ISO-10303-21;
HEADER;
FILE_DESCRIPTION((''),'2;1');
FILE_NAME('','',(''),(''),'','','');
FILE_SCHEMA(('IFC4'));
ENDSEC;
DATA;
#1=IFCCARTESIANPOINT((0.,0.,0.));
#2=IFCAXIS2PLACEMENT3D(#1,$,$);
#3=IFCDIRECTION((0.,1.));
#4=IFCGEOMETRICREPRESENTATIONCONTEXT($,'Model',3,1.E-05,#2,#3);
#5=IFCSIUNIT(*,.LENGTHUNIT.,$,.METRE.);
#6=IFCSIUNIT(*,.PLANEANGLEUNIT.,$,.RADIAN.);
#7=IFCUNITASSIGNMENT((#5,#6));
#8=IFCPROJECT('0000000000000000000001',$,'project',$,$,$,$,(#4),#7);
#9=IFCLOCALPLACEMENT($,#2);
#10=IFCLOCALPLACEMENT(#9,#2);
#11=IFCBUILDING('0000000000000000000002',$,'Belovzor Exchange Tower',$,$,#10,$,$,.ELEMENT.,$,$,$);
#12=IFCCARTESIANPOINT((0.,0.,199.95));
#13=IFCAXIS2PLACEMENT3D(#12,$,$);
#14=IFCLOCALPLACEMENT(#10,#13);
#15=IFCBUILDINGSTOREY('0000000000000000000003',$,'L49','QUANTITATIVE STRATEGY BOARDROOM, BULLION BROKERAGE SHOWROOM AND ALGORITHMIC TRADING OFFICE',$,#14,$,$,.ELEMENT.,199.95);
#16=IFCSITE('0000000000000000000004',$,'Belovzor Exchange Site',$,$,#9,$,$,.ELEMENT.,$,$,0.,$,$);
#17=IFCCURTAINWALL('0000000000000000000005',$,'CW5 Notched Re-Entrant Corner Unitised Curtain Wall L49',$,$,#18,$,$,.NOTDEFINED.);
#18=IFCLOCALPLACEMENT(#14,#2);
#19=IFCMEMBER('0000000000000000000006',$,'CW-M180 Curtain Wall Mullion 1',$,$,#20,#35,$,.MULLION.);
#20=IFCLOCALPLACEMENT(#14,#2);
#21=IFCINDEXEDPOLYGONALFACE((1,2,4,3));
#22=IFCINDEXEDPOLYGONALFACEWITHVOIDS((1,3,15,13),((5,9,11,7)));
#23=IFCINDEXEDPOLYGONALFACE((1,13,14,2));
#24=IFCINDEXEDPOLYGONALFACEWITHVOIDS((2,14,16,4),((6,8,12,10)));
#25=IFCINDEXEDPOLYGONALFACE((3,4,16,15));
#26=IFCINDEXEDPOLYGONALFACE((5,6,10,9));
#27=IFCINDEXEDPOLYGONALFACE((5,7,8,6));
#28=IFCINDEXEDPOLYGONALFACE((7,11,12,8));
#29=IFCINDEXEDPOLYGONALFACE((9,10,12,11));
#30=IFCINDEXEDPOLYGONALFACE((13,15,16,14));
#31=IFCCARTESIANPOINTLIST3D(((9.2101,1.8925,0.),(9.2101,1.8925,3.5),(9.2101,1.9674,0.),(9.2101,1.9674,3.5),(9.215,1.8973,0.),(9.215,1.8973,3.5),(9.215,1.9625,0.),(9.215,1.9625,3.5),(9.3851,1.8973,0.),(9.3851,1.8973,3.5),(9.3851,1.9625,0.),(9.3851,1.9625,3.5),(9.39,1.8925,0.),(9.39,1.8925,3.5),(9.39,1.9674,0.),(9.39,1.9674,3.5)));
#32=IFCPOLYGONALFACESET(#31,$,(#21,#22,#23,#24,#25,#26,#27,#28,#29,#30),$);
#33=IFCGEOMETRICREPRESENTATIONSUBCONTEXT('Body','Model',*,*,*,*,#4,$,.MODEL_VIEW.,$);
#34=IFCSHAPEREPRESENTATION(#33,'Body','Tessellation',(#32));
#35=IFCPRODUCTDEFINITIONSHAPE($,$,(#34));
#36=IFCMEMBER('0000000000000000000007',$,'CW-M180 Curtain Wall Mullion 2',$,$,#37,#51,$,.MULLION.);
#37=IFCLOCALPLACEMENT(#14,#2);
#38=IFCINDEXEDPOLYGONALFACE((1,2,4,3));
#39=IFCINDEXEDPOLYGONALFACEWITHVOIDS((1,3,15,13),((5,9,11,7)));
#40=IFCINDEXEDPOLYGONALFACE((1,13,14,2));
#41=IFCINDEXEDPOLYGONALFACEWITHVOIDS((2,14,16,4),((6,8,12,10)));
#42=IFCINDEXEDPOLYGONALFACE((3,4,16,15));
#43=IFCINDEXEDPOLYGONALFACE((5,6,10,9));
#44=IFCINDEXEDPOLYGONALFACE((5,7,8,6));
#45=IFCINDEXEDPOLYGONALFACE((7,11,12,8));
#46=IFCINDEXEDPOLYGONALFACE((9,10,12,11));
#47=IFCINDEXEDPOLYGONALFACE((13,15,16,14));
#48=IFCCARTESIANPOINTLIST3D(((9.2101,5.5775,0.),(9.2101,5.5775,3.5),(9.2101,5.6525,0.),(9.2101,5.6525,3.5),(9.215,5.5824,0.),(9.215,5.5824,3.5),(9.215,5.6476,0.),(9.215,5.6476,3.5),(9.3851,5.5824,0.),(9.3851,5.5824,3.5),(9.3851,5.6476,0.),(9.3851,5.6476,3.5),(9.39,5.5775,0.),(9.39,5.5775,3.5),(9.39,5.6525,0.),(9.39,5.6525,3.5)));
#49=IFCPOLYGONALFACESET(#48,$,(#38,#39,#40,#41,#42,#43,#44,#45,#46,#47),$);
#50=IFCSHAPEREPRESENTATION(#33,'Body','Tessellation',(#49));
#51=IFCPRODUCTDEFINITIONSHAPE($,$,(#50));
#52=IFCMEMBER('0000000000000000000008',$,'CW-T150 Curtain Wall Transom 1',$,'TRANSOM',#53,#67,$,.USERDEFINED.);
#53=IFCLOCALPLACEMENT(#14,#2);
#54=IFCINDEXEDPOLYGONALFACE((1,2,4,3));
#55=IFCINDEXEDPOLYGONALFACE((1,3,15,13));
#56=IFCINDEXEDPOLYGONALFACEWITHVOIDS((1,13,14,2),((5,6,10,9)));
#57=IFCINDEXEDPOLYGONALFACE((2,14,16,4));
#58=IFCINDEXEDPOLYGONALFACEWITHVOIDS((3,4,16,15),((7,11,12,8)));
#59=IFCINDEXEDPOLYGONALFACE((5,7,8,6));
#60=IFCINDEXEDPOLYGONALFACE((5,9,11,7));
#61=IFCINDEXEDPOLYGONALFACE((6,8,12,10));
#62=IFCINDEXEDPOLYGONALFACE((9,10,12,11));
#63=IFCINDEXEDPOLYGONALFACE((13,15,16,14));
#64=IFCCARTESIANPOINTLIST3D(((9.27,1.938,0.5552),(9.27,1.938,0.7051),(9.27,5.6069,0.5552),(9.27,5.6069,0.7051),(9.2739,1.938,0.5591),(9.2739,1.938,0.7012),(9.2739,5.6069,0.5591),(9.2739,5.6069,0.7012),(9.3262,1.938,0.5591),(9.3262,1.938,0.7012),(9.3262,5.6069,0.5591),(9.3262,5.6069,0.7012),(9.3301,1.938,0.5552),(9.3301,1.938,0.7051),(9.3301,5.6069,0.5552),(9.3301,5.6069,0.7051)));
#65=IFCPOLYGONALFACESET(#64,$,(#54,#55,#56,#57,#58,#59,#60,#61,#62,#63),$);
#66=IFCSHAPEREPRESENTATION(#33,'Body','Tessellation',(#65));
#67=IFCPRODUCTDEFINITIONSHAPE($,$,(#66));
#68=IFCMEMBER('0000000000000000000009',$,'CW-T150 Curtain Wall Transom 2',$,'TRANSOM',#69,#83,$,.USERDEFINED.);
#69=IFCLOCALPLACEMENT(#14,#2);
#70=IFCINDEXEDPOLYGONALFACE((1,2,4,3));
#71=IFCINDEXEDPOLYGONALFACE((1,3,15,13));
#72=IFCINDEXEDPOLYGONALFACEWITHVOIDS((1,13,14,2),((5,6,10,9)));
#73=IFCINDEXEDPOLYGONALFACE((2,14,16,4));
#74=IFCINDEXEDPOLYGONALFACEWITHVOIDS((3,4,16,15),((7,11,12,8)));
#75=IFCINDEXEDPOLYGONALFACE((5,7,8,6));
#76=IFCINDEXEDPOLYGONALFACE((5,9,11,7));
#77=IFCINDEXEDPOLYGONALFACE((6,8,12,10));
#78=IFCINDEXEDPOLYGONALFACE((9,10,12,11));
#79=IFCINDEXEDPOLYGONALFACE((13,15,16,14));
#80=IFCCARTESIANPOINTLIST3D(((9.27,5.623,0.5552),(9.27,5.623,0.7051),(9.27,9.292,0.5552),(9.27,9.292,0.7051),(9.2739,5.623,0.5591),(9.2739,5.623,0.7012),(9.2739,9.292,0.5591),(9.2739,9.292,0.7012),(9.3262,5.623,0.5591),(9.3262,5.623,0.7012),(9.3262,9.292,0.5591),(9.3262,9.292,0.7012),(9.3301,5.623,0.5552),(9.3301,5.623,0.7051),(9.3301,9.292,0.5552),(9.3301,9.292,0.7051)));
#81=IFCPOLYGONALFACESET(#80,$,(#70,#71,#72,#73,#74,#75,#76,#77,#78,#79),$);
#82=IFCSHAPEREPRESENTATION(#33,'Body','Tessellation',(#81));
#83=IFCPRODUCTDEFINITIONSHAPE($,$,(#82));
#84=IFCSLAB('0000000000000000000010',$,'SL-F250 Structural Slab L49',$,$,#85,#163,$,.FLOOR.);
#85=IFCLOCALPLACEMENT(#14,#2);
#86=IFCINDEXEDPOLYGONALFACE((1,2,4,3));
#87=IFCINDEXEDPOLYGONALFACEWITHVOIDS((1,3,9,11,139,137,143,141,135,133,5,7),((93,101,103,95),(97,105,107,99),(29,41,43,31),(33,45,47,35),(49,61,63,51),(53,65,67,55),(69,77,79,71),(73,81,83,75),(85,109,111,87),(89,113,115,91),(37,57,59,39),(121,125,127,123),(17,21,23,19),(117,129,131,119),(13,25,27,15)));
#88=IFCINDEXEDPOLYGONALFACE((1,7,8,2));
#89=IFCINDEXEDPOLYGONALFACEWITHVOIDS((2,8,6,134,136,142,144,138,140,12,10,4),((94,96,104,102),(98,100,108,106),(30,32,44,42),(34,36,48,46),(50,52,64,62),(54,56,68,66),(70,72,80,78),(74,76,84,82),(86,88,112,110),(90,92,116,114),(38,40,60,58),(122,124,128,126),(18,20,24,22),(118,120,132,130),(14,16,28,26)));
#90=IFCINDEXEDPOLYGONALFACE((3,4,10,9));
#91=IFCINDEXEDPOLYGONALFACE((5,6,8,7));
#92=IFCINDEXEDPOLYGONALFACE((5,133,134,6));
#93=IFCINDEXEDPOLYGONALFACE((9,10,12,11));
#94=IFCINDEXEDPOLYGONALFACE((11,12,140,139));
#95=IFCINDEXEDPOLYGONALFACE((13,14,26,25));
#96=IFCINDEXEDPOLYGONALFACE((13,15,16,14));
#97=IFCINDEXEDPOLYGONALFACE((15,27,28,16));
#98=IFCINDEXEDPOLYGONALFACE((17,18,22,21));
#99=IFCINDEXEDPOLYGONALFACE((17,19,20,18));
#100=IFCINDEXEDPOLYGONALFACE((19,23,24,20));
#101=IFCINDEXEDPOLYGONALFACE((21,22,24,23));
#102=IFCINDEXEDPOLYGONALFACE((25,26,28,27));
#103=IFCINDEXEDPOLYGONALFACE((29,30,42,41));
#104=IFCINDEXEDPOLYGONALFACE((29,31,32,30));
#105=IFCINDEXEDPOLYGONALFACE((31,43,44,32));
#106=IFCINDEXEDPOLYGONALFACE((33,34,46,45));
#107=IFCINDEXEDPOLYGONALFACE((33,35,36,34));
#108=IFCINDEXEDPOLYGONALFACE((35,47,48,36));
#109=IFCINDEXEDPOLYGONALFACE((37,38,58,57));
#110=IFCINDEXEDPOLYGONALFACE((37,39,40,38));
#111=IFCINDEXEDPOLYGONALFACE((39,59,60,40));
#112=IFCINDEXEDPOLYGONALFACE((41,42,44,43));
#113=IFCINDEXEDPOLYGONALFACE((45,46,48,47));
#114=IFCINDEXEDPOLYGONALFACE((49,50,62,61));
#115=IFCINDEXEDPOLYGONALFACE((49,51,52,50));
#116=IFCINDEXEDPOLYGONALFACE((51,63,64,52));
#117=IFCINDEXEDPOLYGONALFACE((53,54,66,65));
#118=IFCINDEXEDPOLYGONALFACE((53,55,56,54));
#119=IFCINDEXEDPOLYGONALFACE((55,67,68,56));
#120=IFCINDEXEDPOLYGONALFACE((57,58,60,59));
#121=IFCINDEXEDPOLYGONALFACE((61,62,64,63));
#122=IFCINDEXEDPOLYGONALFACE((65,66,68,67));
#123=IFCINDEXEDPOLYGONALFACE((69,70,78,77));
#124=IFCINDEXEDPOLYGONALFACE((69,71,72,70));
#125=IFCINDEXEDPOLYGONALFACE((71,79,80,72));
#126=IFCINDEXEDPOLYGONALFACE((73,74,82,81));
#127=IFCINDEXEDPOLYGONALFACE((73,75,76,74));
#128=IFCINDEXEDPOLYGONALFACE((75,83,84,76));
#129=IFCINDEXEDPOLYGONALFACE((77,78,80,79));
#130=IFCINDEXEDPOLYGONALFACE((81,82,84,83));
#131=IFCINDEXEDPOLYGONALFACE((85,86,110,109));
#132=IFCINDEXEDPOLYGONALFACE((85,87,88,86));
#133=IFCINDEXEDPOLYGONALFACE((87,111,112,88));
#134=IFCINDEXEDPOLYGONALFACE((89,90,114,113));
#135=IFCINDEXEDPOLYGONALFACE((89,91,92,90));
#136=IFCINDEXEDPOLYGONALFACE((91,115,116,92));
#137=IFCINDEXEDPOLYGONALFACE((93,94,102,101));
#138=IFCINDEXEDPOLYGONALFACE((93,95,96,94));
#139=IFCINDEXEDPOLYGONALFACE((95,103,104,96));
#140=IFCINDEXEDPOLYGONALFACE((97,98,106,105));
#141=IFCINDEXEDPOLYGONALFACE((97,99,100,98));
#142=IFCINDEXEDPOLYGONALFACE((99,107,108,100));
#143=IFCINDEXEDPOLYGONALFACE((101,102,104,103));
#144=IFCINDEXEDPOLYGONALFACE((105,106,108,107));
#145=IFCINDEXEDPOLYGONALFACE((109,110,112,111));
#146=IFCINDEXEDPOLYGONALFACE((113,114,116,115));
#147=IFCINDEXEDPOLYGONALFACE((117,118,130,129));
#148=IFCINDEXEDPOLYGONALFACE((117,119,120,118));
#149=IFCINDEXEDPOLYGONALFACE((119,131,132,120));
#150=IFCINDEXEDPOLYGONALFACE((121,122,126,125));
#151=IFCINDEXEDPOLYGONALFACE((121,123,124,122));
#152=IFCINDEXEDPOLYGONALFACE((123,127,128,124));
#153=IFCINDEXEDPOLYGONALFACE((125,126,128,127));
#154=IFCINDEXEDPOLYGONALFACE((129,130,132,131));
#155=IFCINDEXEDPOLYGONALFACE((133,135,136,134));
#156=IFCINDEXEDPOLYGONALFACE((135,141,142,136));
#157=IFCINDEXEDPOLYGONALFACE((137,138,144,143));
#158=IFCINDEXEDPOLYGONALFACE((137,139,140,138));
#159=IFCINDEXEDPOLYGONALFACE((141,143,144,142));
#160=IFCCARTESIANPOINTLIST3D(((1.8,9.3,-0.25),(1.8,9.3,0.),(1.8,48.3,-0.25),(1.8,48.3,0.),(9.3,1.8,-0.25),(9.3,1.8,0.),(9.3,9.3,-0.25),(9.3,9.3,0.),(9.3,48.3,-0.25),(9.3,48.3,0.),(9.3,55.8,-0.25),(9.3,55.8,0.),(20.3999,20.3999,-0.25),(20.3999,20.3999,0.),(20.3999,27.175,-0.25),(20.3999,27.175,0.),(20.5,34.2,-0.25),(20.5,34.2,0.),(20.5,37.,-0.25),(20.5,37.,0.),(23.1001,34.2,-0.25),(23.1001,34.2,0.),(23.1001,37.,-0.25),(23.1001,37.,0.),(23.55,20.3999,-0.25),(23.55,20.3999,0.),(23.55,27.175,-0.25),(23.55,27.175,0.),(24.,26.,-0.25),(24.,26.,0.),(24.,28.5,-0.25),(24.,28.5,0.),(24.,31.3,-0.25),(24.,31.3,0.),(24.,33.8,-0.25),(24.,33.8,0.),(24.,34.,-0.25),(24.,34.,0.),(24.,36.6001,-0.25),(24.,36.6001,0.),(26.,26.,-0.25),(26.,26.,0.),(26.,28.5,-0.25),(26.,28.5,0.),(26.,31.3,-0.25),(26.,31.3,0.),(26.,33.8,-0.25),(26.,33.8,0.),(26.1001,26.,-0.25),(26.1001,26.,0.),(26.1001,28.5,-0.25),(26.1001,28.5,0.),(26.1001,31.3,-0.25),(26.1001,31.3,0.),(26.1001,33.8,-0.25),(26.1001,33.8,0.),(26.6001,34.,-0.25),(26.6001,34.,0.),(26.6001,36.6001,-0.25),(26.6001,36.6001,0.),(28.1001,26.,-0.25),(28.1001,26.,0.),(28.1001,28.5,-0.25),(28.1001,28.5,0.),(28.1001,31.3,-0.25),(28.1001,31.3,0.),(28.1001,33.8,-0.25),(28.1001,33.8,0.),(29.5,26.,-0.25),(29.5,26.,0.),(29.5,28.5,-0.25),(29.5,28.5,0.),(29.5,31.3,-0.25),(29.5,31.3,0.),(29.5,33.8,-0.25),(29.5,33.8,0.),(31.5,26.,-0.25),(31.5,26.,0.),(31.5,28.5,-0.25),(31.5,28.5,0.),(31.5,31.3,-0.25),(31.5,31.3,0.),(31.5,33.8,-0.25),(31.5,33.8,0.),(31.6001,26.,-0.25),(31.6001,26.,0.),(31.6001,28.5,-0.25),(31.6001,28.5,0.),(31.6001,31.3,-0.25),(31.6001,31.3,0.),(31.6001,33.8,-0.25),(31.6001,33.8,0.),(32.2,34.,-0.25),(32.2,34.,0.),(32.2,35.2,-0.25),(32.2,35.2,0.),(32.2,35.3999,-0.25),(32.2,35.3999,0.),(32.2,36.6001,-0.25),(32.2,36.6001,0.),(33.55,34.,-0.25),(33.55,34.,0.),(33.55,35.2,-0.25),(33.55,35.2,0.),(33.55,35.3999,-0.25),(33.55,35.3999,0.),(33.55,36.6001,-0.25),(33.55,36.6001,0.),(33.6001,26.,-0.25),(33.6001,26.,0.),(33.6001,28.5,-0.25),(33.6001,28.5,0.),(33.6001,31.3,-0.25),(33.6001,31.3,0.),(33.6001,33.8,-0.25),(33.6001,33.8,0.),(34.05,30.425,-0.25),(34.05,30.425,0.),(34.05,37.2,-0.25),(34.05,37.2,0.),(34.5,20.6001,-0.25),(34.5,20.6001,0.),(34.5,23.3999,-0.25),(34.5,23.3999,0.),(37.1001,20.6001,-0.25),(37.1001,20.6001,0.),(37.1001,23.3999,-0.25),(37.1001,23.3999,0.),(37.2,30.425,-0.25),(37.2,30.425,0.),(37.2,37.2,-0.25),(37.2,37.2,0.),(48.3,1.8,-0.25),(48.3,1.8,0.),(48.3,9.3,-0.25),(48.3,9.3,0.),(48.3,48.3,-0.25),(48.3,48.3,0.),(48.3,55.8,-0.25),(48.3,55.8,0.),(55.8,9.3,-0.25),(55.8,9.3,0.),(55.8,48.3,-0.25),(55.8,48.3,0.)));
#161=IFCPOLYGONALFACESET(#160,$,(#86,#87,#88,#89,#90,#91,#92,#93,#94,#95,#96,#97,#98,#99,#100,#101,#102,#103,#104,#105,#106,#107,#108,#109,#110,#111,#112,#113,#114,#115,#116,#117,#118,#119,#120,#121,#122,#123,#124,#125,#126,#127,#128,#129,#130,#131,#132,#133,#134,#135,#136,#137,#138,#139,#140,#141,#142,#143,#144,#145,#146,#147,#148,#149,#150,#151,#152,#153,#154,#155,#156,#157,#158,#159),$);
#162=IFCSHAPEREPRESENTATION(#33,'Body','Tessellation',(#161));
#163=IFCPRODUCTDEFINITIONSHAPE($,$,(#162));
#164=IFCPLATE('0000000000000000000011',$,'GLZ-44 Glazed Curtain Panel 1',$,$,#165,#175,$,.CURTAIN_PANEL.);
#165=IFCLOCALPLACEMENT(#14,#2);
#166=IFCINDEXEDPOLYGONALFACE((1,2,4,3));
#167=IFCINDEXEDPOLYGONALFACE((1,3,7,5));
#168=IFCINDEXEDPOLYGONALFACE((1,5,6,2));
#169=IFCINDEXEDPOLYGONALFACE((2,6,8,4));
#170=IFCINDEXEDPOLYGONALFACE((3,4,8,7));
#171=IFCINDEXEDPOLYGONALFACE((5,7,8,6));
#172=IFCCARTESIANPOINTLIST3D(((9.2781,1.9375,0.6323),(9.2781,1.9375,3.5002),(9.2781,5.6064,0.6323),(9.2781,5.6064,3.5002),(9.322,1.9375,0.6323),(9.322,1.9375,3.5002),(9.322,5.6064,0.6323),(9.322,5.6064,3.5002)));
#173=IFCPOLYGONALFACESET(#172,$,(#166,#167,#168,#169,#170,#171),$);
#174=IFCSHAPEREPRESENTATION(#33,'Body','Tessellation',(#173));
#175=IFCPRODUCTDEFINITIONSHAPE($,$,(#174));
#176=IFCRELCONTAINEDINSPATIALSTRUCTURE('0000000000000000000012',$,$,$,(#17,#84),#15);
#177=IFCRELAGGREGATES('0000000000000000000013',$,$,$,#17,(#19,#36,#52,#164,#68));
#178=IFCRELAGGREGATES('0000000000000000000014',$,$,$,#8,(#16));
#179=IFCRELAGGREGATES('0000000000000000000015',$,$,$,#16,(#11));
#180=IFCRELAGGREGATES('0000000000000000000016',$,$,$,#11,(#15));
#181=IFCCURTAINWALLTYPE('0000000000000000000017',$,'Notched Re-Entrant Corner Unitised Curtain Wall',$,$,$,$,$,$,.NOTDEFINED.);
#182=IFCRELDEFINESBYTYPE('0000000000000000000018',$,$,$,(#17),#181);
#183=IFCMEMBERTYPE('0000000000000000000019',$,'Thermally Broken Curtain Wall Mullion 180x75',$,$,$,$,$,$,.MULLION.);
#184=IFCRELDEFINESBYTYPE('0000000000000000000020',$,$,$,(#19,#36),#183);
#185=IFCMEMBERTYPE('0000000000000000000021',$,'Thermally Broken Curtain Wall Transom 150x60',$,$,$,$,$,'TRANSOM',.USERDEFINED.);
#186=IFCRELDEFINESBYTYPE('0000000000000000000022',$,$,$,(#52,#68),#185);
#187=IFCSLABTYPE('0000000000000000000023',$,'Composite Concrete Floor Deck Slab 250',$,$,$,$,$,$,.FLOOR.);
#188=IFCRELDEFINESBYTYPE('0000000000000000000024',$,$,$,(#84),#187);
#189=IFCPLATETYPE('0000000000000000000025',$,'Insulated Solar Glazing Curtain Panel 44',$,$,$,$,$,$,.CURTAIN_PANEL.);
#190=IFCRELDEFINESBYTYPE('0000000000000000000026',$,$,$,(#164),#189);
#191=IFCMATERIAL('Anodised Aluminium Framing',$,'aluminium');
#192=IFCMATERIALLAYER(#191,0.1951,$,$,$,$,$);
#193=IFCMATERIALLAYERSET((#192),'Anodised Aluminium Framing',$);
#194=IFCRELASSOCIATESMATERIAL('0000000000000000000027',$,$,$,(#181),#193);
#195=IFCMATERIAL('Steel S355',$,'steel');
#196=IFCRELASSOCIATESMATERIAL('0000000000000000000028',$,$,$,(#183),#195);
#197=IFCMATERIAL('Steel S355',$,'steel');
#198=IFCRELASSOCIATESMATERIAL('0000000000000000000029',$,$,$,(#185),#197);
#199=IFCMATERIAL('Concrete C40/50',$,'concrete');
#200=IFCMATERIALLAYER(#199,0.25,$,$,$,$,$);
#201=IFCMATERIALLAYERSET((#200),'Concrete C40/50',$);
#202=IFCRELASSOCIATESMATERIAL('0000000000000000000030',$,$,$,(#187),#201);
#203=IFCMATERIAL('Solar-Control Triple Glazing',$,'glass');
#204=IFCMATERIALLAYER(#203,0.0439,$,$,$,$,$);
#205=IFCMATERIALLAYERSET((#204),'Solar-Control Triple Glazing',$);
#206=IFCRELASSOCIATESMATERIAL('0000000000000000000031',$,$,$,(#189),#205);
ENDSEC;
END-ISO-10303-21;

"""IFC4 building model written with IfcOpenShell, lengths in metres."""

from ifc_helpers import new_model, si_unit, direction, frame, origin, origin_2d, place, context, subcontext, project, spatial, polyline, rectangle, hollow_rectangle, outline, extrude, material, layer, layer_set, material_profile, profile_set, type_object, element, aggregate, save


model = new_model("IFC4")

# Units and contexts
model_context = context("Model", 3, precision=1e-05, world=origin(), true_north=direction((0.0, 1.0)))
body_context = subcontext(model_context, "Body", "Model", "MODEL_VIEW")
ifc_project = project(units=[si_unit("LENGTHUNIT", "METRE"), si_unit("PLANEANGLEUNIT", "RADIAN")], contexts=[model_context])

# Site, building, storey
site_placement = place(None, origin())
site = spatial("IfcSite", under=ifc_project, at=site_placement, Name="Belovzor Exchange Site", CompositionType="ELEMENT", RefElevation=0.0)
building_placement = place(site_placement, origin())
building = spatial("IfcBuilding", under=site, at=building_placement, Name="Belovzor Exchange Tower", CompositionType="ELEMENT")
storey_placement = place(building_placement, frame((0.0, 0.0, 199.95)))
storey = spatial("IfcBuildingStorey", under=building, at=storey_placement, Name="L49", Description="QUANTITATIVE STRATEGY BOARDROOM, BULLION BROKERAGE SHOWROOM AND ALGORITHMIC TRADING OFFICE", CompositionType="ELEMENT", Elevation=199.95)

# Curtain wall, members
ifc_material_1 = material(Name="Anodised Aluminium Framing", Category="aluminium")
ifc_layer_1 = layer(ifc_material_1, 0.1951)
ifc_layer_set_1 = layer_set([ifc_layer_1], Name="Anodised Aluminium Framing")
curtain_wall_type = type_object("IfcCurtainWallType", Name="Notched Re-Entrant Corner Unitised Curtain Wall", PredefinedType="NOTDEFINED", material=ifc_layer_set_1)
curtain_wall_placement = place(storey_placement, origin())
curtain_wall = element("IfcCurtainWall", 1, at=curtain_wall_placement, inside=storey, type_object=curtain_wall_type, Name="CW5 Notched Re-Entrant Corner Unitised Curtain Wall L49", PredefinedType="NOTDEFINED")
ifc_material_2 = material(Name="Steel S355", Category="steel")
ifc_material_profile_1 = material_profile(ifc_material_2, hollow_rectangle(XDim=0.075, YDim=0.1799, WallThickness=0.0049, at=origin_2d()))
ifc_profile_set_1 = profile_set([ifc_material_profile_1], Name="Steel S355")
member_type_1 = type_object("IfcMemberType", Name="Thermally Broken Curtain Wall Mullion 180x75", PredefinedType="MULLION", material=ifc_profile_set_1)
member_1_placement = place(storey_placement, frame((9.3, 1.9299, 0.0), z_axis=(0.0, 0.0, 1.0), x_axis=(0.0, 1.0, 0.0)))
member_1 = element("IfcMember", 2, at=member_1_placement, type_object=member_type_1, Name="CW-M180 Curtain Wall Mullion 1", PredefinedType="MULLION", context=body_context, shape_type="SweptSolid", body=[
    extrude(hollow_rectangle(XDim=0.075, YDim=0.1799, WallThickness=0.0049, at=origin_2d()), origin(), (0.0, 0.0, 1.0), 3.5),
])
member_2_placement = place(storey_placement, frame((9.3, 5.615, 0.0), z_axis=(0.0, 0.0, 1.0), x_axis=(0.0, 1.0, 0.0)))
member_2 = element("IfcMember", 3, at=member_2_placement, type_object=member_type_1, Name="CW-M180 Curtain Wall Mullion 2", PredefinedType="MULLION", context=body_context, shape_type="SweptSolid", body=[
    extrude(hollow_rectangle(XDim=0.075, YDim=0.1799, WallThickness=0.0049, at=origin_2d()), origin(), (0.0, 0.0, 1.0), 3.5),
])
ifc_material_3 = material(Name="Steel S355", Category="steel")
ifc_material_profile_2 = material_profile(ifc_material_3, hollow_rectangle(XDim=0.0601, YDim=0.1499, WallThickness=0.0039, at=origin_2d()))
ifc_profile_set_2 = profile_set([ifc_material_profile_2], Name="Steel S355")
member_type_2 = type_object("IfcMemberType", Name="Thermally Broken Curtain Wall Transom 150x60", ElementType="TRANSOM", PredefinedType="USERDEFINED", material=ifc_profile_set_2)
member_3_placement = place(storey_placement, frame((9.3, 1.938, 0.6301), z_axis=(0.0, 1.0, 0.0), x_axis=(-1.0, 0.0, 0.0)))
member_3 = element("IfcMember", 4, at=member_3_placement, type_object=member_type_2, Name="CW-T150 Curtain Wall Transom 1", ObjectType="TRANSOM", PredefinedType="USERDEFINED", context=body_context, shape_type="SweptSolid", body=[
    extrude(hollow_rectangle(XDim=0.0601, YDim=0.1499, WallThickness=0.0039, at=origin_2d()), origin(), (0.0, 0.0, 1.0), 3.6689),
])
member_4_placement = place(storey_placement, frame((9.3, 5.623, 0.6301), z_axis=(0.0, 1.0, 0.0), x_axis=(-1.0, 0.0, 0.0)))
member_4 = element("IfcMember", 5, at=member_4_placement, type_object=member_type_2, Name="CW-T150 Curtain Wall Transom 2", ObjectType="TRANSOM", PredefinedType="USERDEFINED", context=body_context, shape_type="SweptSolid", body=[
    extrude(hollow_rectangle(XDim=0.0601, YDim=0.1499, WallThickness=0.0039, at=origin_2d()), origin(), (0.0, 0.0, 1.0), 3.6689),
])

# Slab
ifc_material_4 = material(Name="Concrete C40/50", Category="concrete")
ifc_layer_2 = layer(ifc_material_4, 0.25)
ifc_layer_set_2 = layer_set([ifc_layer_2], Name="Concrete C40/50")
slab_type_1 = type_object("IfcSlabType", Name="Composite Concrete Floor Deck Slab 250", PredefinedType="FLOOR", material=ifc_layer_set_2)
slab_1_placement = place(storey_placement, frame((0.0, 0.0, -0.25)))
element("IfcSlab", 6, at=slab_1_placement, inside=storey, type_object=slab_type_1, Name="SL-F250 Structural Slab L49", PredefinedType="FLOOR", context=body_context, shape_type="SweptSolid", body=[
    extrude(outline(polyline([(9.3, 1.8), (48.3, 1.8), (48.3, 9.3), (55.8, 9.3), (55.8, 48.3), (48.3, 48.3), (48.3, 55.8), (9.3, 55.8), (9.3, 48.3), (1.8, 48.3), (1.8, 9.3), (9.3, 9.3), (9.3, 1.8)]), holes=[polyline([(20.3999, 27.175), (20.3999, 20.3999), (23.55, 20.3999), (23.55, 27.175), (20.3999, 27.175)]), polyline([(37.2, 30.425), (37.2, 37.2), (34.05, 37.2), (34.05, 30.425), (37.2, 30.425)]), polyline([(20.5, 34.2), (23.1001, 34.2), (23.1001, 37.0), (20.5, 37.0), (20.5, 34.2)]), polyline([(34.5, 20.6001), (37.1001, 20.6001), (37.1001, 23.3999), (34.5, 23.3999), (34.5, 20.6001)]), polyline([(24.0, 34.0), (26.6001, 34.0), (26.6001, 36.6001), (24.0, 36.6001), (24.0, 34.0)]), polyline([(24.0, 26.0), (26.0, 26.0), (26.0, 28.5), (24.0, 28.5), (24.0, 26.0)]), polyline([(26.1001, 26.0), (28.1001, 26.0), (28.1001, 28.5), (26.1001, 28.5), (26.1001, 26.0)]), polyline([(29.5, 26.0), (31.5, 26.0), (31.5, 28.5), (29.5, 28.5), (29.5, 26.0)]), polyline([(31.6001, 26.0), (33.6001, 26.0), (33.6001, 28.5), (31.6001, 28.5), (31.6001, 26.0)]), polyline([(24.0, 31.3), (26.0, 31.3), (26.0, 33.8), (24.0, 33.8), (24.0, 31.3)]), polyline([(26.1001, 31.3), (28.1001, 31.3), (28.1001, 33.8), (26.1001, 33.8), (26.1001, 31.3)]), polyline([(29.5, 31.3), (31.5, 31.3), (31.5, 33.8), (29.5, 33.8), (29.5, 31.3)]), polyline([(31.6001, 31.3), (33.6001, 31.3), (33.6001, 33.8), (31.6001, 33.8), (31.6001, 31.3)]), polyline([(32.2, 34.0), (33.55, 34.0), (33.55, 35.2), (32.2, 35.2), (32.2, 34.0)]), polyline([(32.2, 35.3999), (33.55, 35.3999), (33.55, 36.6001), (32.2, 36.6001), (32.2, 35.3999)])]), origin(), (0.0, 0.0, 1.0), 0.25),
])

# Plate
ifc_material_5 = material(Name="Solar-Control Triple Glazing", Category="glass")
ifc_layer_3 = layer(ifc_material_5, 0.0439)
ifc_layer_set_3 = layer_set([ifc_layer_3], Name="Solar-Control Triple Glazing")
plate_type_1 = type_object("IfcPlateType", Name="Insulated Solar Glazing Curtain Panel 44", PredefinedType="CURTAIN_PANEL", material=ifc_layer_set_3)
plate_1_placement = place(storey_placement, frame((9.3, 3.772, 0.6323), z_axis=(0.0, 0.0, 1.0), x_axis=(0.0, 1.0, 0.0)))
plate_1 = element("IfcPlate", 7, at=plate_1_placement, type_object=plate_type_1, Name="GLZ-44 Glazed Curtain Panel 1", PredefinedType="CURTAIN_PANEL", context=body_context, shape_type="SweptSolid", body=[
    extrude(rectangle(XDim=3.6689, YDim=0.0439, at=origin_2d()), origin(), (0.0, 0.0, 1.0), 2.8679),
])

aggregate(curtain_wall, [member_1, member_2, member_3, plate_1, member_4])

save(model, "model.ifc")
